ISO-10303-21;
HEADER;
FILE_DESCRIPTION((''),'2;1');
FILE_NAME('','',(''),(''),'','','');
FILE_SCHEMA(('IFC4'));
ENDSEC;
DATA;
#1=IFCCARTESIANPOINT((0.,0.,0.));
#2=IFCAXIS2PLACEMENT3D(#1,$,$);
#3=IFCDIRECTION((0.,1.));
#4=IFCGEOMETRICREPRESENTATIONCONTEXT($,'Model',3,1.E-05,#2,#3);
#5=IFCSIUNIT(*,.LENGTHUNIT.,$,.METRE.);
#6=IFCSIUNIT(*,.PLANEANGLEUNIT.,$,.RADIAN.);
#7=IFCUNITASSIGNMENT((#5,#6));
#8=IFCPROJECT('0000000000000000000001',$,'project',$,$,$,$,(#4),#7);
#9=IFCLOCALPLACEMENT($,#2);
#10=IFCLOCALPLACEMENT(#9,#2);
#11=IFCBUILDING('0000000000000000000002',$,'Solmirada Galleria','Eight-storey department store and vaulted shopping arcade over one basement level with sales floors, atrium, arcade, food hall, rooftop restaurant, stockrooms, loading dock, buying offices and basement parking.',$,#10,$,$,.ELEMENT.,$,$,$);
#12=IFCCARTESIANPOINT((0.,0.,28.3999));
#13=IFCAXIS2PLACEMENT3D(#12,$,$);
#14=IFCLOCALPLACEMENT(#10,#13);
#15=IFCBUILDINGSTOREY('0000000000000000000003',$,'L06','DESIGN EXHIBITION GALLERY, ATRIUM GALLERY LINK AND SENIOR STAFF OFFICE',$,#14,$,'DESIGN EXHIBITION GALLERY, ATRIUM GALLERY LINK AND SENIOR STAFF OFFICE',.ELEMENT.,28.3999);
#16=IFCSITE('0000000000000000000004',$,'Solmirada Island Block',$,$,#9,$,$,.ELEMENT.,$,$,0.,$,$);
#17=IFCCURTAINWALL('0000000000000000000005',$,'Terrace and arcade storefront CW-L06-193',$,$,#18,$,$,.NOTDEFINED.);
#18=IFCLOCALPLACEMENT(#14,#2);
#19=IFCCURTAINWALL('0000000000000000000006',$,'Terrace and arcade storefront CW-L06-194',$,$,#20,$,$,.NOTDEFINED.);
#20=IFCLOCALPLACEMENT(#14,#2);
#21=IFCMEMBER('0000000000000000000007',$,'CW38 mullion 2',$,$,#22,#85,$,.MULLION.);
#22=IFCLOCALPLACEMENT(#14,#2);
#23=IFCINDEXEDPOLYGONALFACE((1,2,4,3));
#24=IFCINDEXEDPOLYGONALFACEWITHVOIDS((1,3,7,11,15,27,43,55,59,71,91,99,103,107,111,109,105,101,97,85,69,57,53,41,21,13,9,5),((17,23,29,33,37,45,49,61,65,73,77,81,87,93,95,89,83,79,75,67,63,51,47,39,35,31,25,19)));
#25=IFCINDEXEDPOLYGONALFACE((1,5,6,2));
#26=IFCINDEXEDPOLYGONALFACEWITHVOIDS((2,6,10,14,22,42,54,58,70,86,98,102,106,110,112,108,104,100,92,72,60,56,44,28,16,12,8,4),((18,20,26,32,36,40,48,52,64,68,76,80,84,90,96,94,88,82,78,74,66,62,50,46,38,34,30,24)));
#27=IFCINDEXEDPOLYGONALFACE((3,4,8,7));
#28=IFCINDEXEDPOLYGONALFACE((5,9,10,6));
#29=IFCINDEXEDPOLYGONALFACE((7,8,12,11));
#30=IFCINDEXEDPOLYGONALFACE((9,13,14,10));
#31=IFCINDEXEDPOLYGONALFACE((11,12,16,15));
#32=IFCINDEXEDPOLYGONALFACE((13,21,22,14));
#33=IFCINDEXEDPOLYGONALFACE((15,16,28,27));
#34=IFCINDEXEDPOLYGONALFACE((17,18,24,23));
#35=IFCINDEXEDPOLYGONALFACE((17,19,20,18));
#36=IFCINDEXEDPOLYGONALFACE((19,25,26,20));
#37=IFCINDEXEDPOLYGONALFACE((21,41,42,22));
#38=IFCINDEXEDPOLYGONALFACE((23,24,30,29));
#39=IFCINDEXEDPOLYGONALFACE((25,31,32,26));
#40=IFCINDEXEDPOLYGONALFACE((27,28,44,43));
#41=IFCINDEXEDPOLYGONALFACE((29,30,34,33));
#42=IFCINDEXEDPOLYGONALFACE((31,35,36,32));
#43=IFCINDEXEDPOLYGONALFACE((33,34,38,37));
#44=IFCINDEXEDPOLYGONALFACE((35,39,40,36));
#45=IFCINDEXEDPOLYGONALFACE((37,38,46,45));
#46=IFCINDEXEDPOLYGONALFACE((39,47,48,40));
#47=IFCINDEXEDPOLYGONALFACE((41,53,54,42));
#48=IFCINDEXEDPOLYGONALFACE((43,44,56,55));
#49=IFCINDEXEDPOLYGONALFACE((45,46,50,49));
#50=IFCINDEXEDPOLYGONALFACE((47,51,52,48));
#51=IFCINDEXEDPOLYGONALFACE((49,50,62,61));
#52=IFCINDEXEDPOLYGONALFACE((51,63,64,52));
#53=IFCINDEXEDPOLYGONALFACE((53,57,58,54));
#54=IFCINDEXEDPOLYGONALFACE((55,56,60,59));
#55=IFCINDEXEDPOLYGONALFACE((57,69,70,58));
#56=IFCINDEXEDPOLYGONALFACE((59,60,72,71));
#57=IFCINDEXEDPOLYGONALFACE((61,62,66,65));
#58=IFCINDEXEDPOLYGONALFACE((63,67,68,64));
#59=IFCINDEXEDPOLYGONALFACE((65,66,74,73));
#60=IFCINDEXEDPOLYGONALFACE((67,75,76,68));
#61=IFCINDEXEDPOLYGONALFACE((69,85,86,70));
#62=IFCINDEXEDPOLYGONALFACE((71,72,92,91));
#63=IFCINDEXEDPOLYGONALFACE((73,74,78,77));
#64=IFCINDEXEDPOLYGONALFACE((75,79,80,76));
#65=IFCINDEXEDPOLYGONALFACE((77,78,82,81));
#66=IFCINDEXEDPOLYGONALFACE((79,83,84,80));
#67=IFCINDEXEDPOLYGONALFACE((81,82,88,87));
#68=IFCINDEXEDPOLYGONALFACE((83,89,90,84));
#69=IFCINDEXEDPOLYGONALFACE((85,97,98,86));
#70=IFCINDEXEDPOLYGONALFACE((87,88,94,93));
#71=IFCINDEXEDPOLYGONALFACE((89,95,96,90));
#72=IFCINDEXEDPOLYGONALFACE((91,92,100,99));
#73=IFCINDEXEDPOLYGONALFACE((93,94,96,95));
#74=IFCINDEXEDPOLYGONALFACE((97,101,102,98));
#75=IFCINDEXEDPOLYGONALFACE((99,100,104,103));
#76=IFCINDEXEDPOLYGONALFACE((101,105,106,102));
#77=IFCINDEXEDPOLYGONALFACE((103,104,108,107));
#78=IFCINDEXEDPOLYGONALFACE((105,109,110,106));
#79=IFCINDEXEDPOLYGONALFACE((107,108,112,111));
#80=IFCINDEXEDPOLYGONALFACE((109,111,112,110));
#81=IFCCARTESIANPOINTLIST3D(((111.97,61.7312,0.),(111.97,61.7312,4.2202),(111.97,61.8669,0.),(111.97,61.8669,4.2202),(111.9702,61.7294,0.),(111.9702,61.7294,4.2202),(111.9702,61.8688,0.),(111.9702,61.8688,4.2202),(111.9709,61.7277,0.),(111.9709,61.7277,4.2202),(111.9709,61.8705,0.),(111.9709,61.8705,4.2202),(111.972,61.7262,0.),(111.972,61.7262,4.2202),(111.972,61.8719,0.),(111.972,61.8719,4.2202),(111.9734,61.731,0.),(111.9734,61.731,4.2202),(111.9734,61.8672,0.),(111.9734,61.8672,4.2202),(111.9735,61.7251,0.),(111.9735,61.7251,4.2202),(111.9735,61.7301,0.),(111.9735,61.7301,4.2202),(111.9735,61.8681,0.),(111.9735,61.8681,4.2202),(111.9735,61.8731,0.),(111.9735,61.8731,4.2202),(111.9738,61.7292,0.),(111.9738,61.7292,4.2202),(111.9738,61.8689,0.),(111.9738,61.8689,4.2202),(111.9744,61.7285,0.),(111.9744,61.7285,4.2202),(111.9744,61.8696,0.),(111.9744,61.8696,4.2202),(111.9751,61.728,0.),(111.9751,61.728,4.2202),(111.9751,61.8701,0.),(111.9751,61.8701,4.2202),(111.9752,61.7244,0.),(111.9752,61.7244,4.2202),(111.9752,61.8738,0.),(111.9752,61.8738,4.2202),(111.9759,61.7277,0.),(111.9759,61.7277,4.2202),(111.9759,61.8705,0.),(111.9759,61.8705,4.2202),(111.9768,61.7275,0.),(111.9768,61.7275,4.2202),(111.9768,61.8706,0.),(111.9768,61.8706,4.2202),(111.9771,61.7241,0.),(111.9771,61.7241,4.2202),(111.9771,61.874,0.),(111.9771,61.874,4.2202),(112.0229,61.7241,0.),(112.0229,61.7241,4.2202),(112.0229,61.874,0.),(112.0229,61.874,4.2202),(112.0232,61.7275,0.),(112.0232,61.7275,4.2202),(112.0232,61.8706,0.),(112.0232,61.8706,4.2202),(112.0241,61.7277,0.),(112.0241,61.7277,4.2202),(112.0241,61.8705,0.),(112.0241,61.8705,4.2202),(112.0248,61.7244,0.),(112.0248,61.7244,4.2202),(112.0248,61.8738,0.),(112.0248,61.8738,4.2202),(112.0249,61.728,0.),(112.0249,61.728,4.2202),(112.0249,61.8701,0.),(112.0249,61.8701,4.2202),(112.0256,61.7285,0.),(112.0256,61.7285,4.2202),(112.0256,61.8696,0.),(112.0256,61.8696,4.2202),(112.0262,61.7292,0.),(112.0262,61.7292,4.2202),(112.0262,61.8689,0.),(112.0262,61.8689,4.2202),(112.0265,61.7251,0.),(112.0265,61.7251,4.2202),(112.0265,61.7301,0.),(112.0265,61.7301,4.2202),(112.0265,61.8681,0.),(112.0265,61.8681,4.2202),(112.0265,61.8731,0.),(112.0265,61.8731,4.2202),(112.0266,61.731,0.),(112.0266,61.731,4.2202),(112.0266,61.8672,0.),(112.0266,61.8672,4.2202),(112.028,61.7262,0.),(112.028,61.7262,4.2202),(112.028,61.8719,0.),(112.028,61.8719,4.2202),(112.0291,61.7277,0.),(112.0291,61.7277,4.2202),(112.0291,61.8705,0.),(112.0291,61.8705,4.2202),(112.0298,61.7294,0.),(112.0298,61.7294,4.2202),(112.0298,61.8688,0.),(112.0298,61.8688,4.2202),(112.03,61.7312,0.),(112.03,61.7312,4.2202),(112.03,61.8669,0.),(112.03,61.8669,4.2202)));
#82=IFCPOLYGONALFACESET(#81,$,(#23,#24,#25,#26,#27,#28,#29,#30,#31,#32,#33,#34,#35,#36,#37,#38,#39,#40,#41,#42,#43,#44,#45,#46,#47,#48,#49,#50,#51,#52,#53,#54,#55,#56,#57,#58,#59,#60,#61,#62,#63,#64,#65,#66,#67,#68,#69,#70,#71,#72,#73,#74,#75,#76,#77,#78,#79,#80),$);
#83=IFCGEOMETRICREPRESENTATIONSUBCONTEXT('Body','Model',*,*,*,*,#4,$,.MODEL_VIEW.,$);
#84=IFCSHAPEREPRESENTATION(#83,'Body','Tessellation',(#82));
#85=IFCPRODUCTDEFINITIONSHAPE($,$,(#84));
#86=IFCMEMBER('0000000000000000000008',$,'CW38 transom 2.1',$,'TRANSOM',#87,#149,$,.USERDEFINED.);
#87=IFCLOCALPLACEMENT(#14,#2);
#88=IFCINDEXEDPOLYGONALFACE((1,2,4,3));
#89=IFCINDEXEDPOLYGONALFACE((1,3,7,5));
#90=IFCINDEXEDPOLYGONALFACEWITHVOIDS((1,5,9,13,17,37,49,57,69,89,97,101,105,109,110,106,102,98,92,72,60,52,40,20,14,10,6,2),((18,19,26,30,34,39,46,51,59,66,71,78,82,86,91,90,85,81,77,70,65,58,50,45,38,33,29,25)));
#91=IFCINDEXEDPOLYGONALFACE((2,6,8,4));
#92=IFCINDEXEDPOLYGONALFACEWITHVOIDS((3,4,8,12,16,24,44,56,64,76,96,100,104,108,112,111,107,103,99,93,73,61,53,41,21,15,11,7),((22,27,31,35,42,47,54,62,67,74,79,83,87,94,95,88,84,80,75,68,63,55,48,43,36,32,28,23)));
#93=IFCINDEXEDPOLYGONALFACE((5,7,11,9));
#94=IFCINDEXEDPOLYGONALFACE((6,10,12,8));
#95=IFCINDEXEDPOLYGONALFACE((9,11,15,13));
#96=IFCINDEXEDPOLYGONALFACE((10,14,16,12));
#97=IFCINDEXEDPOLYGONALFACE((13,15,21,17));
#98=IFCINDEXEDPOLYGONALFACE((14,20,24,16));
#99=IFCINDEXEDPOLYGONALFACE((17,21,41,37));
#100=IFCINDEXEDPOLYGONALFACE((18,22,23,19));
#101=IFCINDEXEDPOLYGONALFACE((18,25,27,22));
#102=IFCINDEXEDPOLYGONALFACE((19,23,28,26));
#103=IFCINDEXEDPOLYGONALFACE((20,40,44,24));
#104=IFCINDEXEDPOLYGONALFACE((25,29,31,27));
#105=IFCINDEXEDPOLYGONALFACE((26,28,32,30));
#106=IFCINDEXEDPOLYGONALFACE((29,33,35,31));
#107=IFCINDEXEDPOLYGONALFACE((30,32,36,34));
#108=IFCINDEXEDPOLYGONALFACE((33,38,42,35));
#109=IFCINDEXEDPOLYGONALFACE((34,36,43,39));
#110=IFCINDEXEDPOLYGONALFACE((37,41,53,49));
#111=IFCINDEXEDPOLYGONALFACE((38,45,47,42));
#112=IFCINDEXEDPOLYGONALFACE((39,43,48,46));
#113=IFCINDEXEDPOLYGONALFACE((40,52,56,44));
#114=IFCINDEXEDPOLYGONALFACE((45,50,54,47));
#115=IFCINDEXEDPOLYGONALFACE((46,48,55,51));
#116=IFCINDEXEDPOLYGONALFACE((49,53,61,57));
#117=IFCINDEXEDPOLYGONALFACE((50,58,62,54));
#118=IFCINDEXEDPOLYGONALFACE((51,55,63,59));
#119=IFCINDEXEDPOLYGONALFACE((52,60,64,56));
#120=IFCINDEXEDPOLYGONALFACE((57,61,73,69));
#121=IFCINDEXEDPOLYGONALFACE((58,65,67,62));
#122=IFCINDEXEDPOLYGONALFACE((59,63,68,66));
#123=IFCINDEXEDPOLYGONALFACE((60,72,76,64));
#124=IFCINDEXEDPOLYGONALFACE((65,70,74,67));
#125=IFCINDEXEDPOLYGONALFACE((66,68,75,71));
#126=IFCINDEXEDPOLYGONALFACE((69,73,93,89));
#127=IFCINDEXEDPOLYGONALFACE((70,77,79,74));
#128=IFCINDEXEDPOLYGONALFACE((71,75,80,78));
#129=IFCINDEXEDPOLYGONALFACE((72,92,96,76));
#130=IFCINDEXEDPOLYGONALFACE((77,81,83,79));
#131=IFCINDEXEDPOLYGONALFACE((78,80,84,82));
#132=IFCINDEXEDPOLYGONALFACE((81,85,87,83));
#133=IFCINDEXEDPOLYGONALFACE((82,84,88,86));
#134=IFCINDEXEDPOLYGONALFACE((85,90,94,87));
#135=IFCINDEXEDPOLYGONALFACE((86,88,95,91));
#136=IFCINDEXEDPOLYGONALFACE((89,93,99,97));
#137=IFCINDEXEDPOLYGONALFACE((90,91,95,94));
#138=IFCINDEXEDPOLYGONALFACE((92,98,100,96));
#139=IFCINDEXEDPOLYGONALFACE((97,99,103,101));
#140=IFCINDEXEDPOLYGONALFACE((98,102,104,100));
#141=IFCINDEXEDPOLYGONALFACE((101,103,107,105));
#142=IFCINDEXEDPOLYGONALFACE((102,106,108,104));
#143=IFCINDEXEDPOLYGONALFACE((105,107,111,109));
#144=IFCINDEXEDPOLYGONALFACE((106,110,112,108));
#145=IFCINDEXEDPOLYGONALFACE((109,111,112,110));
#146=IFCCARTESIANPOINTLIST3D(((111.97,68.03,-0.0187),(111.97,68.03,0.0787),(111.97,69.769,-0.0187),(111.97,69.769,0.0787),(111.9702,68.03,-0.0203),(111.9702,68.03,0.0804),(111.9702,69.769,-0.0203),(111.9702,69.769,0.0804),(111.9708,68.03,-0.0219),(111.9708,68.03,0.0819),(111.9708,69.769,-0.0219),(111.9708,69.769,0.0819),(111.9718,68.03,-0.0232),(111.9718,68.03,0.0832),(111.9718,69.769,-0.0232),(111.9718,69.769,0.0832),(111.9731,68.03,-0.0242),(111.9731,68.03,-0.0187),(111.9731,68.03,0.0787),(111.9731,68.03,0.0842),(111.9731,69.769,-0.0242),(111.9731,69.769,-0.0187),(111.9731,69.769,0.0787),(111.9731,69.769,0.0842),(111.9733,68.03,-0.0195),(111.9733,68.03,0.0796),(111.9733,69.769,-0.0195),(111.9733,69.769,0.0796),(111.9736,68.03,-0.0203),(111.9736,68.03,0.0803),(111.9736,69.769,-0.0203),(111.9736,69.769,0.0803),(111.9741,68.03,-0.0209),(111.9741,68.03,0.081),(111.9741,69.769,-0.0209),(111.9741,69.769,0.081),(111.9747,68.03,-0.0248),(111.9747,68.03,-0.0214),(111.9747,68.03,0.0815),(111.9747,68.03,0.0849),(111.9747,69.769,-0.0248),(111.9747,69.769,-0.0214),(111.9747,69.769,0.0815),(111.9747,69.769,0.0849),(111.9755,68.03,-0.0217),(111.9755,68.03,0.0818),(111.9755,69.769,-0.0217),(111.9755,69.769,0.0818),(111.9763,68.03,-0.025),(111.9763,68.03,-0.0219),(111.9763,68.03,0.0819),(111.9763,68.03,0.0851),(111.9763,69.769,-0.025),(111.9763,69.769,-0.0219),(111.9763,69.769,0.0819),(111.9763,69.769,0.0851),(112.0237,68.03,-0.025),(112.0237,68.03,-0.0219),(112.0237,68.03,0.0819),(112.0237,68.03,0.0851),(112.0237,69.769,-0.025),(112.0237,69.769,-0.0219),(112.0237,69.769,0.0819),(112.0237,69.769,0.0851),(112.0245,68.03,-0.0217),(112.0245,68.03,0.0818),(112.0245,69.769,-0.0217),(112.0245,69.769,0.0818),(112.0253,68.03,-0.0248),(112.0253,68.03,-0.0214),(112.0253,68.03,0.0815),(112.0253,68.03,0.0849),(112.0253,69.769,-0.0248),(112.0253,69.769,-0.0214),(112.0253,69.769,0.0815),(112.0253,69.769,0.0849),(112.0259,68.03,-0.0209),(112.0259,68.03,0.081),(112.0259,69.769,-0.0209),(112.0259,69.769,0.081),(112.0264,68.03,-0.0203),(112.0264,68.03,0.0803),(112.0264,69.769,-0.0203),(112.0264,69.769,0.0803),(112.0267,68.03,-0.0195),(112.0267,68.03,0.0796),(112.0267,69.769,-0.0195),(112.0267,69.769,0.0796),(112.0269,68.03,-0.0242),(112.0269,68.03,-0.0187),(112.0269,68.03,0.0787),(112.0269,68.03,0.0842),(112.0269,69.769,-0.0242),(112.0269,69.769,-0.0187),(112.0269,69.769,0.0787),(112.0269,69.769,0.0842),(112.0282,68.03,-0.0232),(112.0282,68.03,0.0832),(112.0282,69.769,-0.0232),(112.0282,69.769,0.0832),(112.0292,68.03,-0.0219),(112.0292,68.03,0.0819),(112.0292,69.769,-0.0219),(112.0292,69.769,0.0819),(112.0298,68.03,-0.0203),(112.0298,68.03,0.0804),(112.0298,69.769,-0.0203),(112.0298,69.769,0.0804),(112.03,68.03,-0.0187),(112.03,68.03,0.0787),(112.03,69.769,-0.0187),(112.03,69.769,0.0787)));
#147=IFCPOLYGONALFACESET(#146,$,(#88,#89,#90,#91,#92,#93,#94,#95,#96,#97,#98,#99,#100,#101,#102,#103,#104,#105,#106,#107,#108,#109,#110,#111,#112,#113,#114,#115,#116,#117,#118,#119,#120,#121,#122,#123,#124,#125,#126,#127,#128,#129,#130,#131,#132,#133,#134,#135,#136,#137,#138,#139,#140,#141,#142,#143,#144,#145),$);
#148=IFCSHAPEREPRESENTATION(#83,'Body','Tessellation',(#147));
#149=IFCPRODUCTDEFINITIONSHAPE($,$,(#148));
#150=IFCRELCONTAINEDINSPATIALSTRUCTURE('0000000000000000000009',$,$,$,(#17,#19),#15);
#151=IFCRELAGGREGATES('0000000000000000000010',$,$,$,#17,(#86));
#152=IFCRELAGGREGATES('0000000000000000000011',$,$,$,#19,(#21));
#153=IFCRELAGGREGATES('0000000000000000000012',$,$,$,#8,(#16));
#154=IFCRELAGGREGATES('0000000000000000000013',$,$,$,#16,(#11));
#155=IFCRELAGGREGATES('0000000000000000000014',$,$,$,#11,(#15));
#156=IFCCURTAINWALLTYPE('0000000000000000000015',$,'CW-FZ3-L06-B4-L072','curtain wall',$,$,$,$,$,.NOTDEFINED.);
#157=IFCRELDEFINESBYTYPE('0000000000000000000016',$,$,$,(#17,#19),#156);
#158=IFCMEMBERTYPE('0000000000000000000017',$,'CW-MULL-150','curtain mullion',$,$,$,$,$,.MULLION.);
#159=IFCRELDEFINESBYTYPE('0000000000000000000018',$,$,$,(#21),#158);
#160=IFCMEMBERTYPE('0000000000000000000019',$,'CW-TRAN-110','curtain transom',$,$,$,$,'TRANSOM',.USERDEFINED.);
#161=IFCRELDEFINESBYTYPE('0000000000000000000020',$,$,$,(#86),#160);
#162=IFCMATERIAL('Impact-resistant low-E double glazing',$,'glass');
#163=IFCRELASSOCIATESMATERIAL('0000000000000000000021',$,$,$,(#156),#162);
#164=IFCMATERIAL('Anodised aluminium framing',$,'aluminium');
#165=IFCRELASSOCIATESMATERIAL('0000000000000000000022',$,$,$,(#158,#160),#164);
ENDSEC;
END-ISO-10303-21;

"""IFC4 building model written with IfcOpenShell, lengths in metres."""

from ifc_helpers import new_model, si_unit, direction, frame, origin, origin_2d, place, context, subcontext, project, spatial, hollow_rectangle, extrude, material, material_profile, profile_set, type_object, element, aggregate, save


model = new_model("IFC4")

# Units and contexts
model_context = context("Model", 3, precision=1e-05, world=origin(), true_north=direction((0.0, 1.0)))
body_context = subcontext(model_context, "Body", "Model", "MODEL_VIEW")
ifc_project = project(units=[si_unit("LENGTHUNIT", "METRE"), si_unit("PLANEANGLEUNIT", "RADIAN")], contexts=[model_context])

# Site, building, storey
site_placement = place(None, origin())
site = spatial("IfcSite", under=ifc_project, at=site_placement, Name="Solmirada Island Block", CompositionType="ELEMENT", RefElevation=0.0)
building_placement = place(site_placement, origin())
building = spatial("IfcBuilding", under=site, at=building_placement, Name="Solmirada Galleria", Description="Eight-storey department store and vaulted shopping arcade over one basement level with sales floors, atrium, arcade, food hall, rooftop restaurant, stockrooms, loading dock, buying offices and basement parking.", CompositionType="ELEMENT")
storey_placement = place(building_placement, frame((0.0, 0.0, 28.3999)))
storey = spatial("IfcBuildingStorey", under=building, at=storey_placement, Name="L06", Description="DESIGN EXHIBITION GALLERY, ATRIUM GALLERY LINK AND SENIOR STAFF OFFICE", LongName="DESIGN EXHIBITION GALLERY, ATRIUM GALLERY LINK AND SENIOR STAFF OFFICE", CompositionType="ELEMENT", Elevation=28.3999)

# Curtain walls, member
ifc_material_1 = material(Name="Impact-resistant low-E double glazing", Category="glass")
curtain_wall_type = type_object("IfcCurtainWallType", Name="CW-FZ3-L06-B4-L072", Description="curtain wall", PredefinedType="NOTDEFINED", material=ifc_material_1)
curtain_wall_1_placement = place(storey_placement, origin())
curtain_wall_1 = element("IfcCurtainWall", 1, at=curtain_wall_1_placement, inside=storey, type_object=curtain_wall_type, Name="Terrace and arcade storefront CW-L06-193", PredefinedType="NOTDEFINED")
ifc_material_2 = material(Name="Anodised aluminium framing", Category="aluminium")
ifc_material_profile_1 = material_profile(ifc_material_2, hollow_rectangle(XDim=0.0601, YDim=0.1499, WallThickness=0.0034, InnerFilletRadius=0.0034, OuterFilletRadius=0.0071, at=origin_2d()), Name="ALU-MULL-150X60")
ifc_profile_set_1 = profile_set([ifc_material_profile_1], Name="Anodised aluminium framing")
member_type_1 = type_object("IfcMemberType", Name="CW-MULL-150", Description="curtain mullion", PredefinedType="MULLION", material=ifc_profile_set_1)
curtain_wall_2_placement = place(storey_placement, origin())
curtain_wall_2 = element("IfcCurtainWall", 2, at=curtain_wall_2_placement, inside=storey, type_object=curtain_wall_type, Name="Terrace and arcade storefront CW-L06-194", PredefinedType="NOTDEFINED")
member_1_placement = place(storey_placement, frame((112.0, 61.7991, 0.0), z_axis=(0.0, 0.0, 1.0), x_axis=(1.0, 0.0, 0.0)))
member_1 = element("IfcMember", 3, at=member_1_placement, type_object=member_type_1, Name="CW38 mullion 2", PredefinedType="MULLION", context=body_context, shape_type="SweptSolid", body=[
    extrude(hollow_rectangle(XDim=0.0601, YDim=0.1499, WallThickness=0.0034, InnerFilletRadius=0.0034, OuterFilletRadius=0.0071, at=origin_2d()), origin(), (0.0, 0.0, 1.0), 4.2202),
])

# Member
ifc_material_profile_2 = material_profile(ifc_material_2, hollow_rectangle(XDim=0.0601, YDim=0.1101, WallThickness=0.0032, InnerFilletRadius=0.0032, OuterFilletRadius=0.0063, at=origin_2d()), Name="ALU-TRAN-110X60")
ifc_profile_set_2 = profile_set([ifc_material_profile_2], Name="Anodised aluminium framing")
member_type_2 = type_object("IfcMemberType", Name="CW-TRAN-110", Description="curtain transom", ElementType="TRANSOM", PredefinedType="USERDEFINED", material=ifc_profile_set_2)
member_2_placement = place(storey_placement, frame((112.0, 69.769, 0.03), z_axis=(0.0, -1.0, 0.0), x_axis=(1.0, 0.0, 0.0)))
member_2 = element("IfcMember", 4, at=member_2_placement, type_object=member_type_2, Name="CW38 transom 2.1", ObjectType="TRANSOM", PredefinedType="USERDEFINED", context=body_context, shape_type="SweptSolid", body=[
    extrude(hollow_rectangle(XDim=0.0601, YDim=0.1101, WallThickness=0.0032, InnerFilletRadius=0.0032, OuterFilletRadius=0.0063, at=origin_2d()), origin(), (0.0, 0.0, 1.0), 1.739),
])

aggregate(curtain_wall_1, [member_2])
aggregate(curtain_wall_2, [member_1])

save(model, "model.ifc")
